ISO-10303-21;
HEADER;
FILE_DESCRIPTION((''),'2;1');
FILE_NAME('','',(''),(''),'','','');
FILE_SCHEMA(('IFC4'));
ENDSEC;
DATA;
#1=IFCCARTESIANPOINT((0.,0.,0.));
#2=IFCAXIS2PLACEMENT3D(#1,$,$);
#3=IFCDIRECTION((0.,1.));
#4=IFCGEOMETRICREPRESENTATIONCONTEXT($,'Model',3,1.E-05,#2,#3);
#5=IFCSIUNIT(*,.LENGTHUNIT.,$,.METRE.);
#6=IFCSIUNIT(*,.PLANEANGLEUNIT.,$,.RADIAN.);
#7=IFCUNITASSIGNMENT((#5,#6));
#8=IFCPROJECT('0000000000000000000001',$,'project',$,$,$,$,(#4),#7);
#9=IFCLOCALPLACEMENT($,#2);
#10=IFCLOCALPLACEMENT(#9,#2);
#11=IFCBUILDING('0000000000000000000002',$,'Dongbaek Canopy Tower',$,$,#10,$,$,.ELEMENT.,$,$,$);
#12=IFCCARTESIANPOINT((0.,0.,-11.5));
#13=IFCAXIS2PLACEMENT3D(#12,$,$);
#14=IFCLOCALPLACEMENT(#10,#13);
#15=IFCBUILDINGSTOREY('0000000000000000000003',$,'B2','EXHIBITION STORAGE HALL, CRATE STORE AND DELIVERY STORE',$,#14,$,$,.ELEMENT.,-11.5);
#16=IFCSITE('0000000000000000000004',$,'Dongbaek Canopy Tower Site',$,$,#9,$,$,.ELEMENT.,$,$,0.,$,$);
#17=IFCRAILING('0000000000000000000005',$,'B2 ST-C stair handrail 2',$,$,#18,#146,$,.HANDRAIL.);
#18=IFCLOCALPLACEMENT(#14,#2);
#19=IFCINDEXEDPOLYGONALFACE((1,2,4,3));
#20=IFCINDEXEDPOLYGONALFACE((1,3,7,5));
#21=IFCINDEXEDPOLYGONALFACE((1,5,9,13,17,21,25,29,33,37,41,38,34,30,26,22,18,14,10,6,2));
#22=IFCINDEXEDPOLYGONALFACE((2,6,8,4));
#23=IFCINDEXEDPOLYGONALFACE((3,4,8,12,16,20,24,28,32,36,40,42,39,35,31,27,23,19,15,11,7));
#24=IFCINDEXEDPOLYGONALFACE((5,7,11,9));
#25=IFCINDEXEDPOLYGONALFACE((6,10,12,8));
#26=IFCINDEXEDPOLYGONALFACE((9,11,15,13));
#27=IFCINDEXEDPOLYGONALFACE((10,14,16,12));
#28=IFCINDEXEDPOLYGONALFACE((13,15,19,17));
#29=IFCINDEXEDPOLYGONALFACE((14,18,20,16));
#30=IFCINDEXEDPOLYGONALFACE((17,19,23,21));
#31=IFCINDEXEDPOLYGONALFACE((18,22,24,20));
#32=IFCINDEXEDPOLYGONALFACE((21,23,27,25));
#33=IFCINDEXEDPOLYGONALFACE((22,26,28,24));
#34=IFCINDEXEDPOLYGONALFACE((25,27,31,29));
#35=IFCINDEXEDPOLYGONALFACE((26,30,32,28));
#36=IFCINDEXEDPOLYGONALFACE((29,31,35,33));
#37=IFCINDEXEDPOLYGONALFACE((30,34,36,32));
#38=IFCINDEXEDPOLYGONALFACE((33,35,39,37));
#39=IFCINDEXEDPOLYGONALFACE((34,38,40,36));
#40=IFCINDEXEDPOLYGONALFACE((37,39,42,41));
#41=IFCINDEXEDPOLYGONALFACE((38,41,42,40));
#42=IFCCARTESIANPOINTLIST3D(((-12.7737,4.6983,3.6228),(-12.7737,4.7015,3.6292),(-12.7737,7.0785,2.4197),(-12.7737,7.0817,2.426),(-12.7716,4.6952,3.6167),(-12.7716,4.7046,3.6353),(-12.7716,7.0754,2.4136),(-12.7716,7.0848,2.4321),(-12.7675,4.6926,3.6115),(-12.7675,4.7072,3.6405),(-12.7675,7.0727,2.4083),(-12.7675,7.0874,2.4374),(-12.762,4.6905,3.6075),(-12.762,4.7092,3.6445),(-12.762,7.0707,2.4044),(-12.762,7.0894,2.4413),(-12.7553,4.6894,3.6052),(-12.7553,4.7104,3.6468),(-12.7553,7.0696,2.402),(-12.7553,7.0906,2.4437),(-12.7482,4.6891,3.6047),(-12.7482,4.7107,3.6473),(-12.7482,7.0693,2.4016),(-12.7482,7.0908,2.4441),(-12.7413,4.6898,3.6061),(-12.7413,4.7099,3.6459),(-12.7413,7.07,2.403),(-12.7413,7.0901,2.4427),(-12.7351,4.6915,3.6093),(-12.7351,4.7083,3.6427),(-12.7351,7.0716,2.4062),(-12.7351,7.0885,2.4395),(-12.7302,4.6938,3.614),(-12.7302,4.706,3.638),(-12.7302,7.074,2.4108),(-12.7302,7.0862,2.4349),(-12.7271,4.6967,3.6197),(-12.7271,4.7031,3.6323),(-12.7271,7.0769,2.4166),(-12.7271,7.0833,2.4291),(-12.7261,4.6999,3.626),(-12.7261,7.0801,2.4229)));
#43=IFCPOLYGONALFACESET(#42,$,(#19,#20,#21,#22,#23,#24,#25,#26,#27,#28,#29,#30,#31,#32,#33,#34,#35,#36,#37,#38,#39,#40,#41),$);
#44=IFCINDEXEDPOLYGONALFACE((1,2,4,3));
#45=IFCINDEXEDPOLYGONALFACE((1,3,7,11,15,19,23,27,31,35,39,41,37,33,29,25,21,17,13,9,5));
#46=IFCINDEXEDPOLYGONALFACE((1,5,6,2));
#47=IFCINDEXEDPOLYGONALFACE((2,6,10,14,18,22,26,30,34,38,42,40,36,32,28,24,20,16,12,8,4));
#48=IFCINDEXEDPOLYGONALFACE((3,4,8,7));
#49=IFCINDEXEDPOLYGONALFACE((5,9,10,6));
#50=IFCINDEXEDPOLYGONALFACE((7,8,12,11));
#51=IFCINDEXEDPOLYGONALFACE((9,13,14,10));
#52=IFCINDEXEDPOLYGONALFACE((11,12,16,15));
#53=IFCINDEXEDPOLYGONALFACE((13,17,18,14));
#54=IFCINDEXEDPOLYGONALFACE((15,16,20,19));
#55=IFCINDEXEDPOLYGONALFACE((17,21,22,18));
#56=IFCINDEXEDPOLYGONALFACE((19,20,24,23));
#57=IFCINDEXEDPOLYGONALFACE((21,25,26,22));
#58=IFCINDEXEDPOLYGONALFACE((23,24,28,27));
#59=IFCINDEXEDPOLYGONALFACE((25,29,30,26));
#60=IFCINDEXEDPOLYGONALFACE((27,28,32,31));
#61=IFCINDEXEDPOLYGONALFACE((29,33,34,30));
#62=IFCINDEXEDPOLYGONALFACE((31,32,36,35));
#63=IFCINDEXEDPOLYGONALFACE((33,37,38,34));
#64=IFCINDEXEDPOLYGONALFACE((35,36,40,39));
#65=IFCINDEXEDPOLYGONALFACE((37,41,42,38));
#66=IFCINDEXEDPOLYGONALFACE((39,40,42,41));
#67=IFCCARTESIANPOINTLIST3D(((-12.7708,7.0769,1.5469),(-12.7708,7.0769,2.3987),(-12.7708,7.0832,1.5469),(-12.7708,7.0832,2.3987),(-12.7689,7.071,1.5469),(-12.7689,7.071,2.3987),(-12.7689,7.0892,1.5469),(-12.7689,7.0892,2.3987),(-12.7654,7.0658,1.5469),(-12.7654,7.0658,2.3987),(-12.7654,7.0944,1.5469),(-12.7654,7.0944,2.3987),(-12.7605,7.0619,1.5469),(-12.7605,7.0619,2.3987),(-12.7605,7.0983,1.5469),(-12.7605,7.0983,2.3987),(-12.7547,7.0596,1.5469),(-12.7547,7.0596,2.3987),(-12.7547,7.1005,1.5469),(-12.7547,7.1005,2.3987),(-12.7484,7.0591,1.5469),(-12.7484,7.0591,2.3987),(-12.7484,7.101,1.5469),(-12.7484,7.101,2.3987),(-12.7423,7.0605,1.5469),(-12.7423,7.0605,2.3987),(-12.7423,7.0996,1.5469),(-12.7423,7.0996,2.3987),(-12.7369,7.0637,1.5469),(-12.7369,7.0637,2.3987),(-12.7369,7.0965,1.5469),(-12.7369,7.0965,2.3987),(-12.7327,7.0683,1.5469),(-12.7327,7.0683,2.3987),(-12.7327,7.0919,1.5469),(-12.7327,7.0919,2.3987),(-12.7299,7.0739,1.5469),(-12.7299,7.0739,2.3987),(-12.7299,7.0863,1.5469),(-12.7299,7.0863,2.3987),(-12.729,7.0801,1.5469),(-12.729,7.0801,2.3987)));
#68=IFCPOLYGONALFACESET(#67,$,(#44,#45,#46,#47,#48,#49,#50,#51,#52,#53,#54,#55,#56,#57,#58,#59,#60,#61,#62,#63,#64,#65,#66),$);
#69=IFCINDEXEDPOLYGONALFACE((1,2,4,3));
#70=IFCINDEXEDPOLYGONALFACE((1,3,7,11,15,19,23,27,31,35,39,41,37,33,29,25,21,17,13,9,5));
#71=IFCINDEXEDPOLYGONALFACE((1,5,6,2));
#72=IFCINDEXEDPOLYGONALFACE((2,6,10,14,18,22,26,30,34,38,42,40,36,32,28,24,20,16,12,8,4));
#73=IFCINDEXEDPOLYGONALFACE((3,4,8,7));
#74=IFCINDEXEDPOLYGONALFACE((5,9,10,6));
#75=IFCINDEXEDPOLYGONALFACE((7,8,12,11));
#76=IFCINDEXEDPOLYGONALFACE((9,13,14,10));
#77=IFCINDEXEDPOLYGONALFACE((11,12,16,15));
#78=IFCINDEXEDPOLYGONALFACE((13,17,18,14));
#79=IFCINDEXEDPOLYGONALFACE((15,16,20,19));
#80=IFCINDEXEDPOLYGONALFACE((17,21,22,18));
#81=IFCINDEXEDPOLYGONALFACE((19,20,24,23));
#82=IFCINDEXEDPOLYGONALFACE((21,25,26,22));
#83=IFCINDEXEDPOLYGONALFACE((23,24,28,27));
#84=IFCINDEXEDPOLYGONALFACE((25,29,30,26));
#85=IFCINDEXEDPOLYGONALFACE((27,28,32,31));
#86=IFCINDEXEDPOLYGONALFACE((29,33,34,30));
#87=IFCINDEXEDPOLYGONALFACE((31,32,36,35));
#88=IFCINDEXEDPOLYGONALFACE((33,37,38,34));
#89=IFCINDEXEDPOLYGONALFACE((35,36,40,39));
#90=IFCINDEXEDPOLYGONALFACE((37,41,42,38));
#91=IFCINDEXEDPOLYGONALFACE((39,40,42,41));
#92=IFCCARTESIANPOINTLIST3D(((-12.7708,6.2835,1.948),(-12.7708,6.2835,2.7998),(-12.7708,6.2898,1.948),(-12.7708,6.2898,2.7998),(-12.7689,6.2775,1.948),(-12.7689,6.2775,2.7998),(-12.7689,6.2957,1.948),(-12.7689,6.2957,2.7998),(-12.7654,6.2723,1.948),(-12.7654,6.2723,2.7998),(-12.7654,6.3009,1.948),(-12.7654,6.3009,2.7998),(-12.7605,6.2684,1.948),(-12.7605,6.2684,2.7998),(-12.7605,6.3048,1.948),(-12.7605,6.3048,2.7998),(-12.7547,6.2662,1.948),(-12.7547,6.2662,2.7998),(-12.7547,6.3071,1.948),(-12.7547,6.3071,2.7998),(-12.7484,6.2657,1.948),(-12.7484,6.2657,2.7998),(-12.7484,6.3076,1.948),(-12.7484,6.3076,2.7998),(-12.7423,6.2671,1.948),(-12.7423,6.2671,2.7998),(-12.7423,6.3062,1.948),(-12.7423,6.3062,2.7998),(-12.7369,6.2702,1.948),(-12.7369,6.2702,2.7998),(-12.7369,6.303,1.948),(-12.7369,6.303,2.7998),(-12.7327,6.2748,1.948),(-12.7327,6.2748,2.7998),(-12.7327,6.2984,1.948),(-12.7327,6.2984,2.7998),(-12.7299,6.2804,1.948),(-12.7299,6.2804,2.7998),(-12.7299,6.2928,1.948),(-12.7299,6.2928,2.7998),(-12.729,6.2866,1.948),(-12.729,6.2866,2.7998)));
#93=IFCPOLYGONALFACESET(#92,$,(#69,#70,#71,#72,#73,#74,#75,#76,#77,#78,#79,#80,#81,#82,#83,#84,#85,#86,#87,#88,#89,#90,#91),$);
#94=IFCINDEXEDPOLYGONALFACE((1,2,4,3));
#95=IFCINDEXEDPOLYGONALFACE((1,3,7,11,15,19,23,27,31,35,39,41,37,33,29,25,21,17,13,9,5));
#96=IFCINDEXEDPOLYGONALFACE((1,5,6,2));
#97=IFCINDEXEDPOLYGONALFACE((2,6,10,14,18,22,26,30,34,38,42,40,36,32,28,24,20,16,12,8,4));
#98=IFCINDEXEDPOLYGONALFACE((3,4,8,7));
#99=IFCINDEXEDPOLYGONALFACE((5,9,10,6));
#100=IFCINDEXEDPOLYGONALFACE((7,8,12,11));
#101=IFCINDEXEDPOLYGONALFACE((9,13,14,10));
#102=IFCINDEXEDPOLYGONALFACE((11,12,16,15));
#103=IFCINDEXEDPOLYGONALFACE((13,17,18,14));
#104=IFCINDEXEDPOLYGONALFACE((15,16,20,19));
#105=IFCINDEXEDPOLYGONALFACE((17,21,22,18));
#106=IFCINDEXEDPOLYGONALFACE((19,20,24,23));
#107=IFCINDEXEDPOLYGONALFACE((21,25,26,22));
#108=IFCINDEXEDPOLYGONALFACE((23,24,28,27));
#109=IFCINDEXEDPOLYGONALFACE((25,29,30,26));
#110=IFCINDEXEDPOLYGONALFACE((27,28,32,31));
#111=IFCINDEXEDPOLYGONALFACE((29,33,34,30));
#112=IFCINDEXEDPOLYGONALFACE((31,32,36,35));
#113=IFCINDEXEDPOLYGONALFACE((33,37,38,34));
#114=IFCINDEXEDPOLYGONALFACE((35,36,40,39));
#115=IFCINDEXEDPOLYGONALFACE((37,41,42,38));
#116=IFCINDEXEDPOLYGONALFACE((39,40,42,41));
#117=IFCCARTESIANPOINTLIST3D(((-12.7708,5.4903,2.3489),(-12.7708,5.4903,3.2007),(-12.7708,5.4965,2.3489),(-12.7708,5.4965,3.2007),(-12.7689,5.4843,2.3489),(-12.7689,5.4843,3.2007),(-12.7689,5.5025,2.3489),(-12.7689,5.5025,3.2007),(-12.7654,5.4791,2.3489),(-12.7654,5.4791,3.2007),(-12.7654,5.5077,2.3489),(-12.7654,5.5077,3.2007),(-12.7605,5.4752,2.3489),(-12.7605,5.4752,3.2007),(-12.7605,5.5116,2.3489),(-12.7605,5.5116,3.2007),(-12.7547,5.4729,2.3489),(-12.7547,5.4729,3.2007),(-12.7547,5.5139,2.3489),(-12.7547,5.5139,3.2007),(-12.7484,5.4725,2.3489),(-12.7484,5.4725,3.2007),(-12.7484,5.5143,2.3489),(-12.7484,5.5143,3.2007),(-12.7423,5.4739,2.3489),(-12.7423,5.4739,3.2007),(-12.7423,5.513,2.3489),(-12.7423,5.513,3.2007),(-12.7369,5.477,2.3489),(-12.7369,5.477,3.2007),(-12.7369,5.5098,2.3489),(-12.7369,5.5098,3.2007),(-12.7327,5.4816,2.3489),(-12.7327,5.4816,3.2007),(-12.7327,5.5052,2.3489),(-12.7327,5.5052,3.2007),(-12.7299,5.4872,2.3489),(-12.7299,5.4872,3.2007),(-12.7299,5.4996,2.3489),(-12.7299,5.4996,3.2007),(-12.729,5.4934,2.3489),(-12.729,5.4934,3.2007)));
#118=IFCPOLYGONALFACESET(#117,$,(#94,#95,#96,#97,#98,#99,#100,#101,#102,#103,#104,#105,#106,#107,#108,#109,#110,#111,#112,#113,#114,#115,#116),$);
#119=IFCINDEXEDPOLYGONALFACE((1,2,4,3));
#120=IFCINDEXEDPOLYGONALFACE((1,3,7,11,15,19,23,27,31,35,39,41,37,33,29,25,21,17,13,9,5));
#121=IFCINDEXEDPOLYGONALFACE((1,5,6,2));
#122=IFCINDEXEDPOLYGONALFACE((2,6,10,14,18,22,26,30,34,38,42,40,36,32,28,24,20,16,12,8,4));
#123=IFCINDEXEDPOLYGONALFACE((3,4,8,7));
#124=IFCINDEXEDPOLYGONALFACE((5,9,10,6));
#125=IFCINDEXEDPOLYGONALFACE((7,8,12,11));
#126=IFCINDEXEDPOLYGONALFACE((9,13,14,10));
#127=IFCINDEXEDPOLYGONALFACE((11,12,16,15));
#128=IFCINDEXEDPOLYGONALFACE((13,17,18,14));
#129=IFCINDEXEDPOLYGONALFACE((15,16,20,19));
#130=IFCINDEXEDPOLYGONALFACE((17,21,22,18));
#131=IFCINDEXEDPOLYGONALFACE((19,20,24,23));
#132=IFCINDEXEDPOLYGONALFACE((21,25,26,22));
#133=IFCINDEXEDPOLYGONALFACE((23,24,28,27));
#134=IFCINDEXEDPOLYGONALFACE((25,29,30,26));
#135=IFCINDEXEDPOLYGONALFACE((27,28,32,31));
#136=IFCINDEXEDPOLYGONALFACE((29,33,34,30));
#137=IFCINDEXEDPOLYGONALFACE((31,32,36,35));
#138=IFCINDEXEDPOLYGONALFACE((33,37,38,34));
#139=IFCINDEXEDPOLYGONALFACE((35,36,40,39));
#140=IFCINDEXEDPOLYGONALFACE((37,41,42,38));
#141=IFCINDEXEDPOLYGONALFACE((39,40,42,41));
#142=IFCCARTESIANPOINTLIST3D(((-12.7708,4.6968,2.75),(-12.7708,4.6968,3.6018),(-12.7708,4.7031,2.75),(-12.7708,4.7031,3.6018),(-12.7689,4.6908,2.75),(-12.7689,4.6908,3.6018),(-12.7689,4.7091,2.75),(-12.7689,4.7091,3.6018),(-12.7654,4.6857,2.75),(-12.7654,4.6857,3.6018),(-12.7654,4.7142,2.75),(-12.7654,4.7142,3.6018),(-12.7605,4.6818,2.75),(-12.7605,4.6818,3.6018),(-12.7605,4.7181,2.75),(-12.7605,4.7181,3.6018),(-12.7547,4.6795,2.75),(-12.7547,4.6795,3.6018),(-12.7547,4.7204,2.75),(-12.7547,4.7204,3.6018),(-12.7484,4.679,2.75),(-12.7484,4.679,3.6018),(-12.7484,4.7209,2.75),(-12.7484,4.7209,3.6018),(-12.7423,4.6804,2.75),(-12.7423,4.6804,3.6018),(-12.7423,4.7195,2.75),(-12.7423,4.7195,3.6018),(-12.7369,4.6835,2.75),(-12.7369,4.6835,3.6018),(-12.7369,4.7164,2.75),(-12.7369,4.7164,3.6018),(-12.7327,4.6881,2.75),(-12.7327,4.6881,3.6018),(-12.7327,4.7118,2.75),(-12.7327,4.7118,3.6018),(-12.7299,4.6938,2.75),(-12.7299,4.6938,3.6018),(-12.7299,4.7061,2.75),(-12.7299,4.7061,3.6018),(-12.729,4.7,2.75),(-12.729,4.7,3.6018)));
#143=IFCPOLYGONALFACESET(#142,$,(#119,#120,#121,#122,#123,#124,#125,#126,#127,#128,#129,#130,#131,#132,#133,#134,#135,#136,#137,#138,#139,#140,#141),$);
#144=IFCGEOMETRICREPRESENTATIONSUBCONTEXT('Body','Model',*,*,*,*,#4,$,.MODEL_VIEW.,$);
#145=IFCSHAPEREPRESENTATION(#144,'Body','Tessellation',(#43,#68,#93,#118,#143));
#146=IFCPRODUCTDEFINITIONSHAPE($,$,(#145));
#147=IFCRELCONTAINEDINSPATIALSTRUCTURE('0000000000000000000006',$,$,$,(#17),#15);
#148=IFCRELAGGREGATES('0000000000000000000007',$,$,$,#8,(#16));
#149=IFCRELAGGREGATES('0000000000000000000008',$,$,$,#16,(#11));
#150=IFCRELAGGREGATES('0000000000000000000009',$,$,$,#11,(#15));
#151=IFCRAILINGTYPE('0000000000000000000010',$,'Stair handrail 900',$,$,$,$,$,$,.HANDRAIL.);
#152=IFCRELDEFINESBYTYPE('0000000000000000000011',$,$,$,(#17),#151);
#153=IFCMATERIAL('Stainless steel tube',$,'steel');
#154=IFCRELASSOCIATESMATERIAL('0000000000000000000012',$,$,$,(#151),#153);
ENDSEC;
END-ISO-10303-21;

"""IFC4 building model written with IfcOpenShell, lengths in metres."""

from ifc_helpers import new_model, si_unit, direction, frame, origin, origin_2d, place, context, subcontext, project, spatial, circle, extrude, material, type_object, element, save


model = new_model("IFC4")

# Units and contexts
model_context = context("Model", 3, precision=1e-05, world=origin(), true_north=direction((0.0, 1.0)))
body_context = subcontext(model_context, "Body", "Model", "MODEL_VIEW")
ifc_project = project(units=[si_unit("LENGTHUNIT", "METRE"), si_unit("PLANEANGLEUNIT", "RADIAN")], contexts=[model_context])

# Site, building, storey
site_placement = place(None, origin())
site = spatial("IfcSite", under=ifc_project, at=site_placement, Name="Dongbaek Canopy Tower Site", CompositionType="ELEMENT", RefElevation=0.0)
building_placement = place(site_placement, origin())
building = spatial("IfcBuilding", under=site, at=building_placement, Name="Dongbaek Canopy Tower", CompositionType="ELEMENT")
storey_placement = place(building_placement, frame((0.0, 0.0, -11.5)))
storey = spatial("IfcBuildingStorey", under=building, at=storey_placement, Name="B2", Description="EXHIBITION STORAGE HALL, CRATE STORE AND DELIVERY STORE", CompositionType="ELEMENT", Elevation=-11.5)

# Railing
ifc_material_1 = material(Name="Stainless steel tube", Category="steel")
railing_type = type_object("IfcRailingType", Name="Stair handrail 900", PredefinedType="HANDRAIL", material=ifc_material_1)
for number, where, name in (
    (1, (-12.75, 7.0801, 1.5469), "B2 ST-C stair handrail 2"),
):
    element("IfcRailing", number, at=place(storey_placement, frame(where)), inside=storey, type_object=railing_type, Name=name, PredefinedType="HANDRAIL", context=body_context, shape_type="SweptSolid", body=[
        extrude(circle(Radius=0.0239, at=origin_2d()), frame((0.0, 0.0, 0.876), z_axis=(0.0, -0.89246, 0.451127), x_axis=(1.0, 0.0, 0.0)), (0.0, 0.0, 1.0), 2.667),
        extrude(circle(Radius=0.021, at=origin_2d()), origin(), (0.0, 0.0, 1.0), 0.8518),
        extrude(circle(Radius=0.021, at=origin_2d()), frame((0.0, -0.7935, 0.4011)), (0.0, 0.0, 1.0), 0.8518),
        extrude(circle(Radius=0.021, at=origin_2d()), frame((0.0, -1.5867, 0.802)), (0.0, 0.0, 1.0), 0.8518),
        extrude(circle(Radius=0.021, at=origin_2d()), frame((0.0, -2.3801, 1.2031)), (0.0, 0.0, 1.0), 0.8518),
    ])

save(model, "model.ifc")
